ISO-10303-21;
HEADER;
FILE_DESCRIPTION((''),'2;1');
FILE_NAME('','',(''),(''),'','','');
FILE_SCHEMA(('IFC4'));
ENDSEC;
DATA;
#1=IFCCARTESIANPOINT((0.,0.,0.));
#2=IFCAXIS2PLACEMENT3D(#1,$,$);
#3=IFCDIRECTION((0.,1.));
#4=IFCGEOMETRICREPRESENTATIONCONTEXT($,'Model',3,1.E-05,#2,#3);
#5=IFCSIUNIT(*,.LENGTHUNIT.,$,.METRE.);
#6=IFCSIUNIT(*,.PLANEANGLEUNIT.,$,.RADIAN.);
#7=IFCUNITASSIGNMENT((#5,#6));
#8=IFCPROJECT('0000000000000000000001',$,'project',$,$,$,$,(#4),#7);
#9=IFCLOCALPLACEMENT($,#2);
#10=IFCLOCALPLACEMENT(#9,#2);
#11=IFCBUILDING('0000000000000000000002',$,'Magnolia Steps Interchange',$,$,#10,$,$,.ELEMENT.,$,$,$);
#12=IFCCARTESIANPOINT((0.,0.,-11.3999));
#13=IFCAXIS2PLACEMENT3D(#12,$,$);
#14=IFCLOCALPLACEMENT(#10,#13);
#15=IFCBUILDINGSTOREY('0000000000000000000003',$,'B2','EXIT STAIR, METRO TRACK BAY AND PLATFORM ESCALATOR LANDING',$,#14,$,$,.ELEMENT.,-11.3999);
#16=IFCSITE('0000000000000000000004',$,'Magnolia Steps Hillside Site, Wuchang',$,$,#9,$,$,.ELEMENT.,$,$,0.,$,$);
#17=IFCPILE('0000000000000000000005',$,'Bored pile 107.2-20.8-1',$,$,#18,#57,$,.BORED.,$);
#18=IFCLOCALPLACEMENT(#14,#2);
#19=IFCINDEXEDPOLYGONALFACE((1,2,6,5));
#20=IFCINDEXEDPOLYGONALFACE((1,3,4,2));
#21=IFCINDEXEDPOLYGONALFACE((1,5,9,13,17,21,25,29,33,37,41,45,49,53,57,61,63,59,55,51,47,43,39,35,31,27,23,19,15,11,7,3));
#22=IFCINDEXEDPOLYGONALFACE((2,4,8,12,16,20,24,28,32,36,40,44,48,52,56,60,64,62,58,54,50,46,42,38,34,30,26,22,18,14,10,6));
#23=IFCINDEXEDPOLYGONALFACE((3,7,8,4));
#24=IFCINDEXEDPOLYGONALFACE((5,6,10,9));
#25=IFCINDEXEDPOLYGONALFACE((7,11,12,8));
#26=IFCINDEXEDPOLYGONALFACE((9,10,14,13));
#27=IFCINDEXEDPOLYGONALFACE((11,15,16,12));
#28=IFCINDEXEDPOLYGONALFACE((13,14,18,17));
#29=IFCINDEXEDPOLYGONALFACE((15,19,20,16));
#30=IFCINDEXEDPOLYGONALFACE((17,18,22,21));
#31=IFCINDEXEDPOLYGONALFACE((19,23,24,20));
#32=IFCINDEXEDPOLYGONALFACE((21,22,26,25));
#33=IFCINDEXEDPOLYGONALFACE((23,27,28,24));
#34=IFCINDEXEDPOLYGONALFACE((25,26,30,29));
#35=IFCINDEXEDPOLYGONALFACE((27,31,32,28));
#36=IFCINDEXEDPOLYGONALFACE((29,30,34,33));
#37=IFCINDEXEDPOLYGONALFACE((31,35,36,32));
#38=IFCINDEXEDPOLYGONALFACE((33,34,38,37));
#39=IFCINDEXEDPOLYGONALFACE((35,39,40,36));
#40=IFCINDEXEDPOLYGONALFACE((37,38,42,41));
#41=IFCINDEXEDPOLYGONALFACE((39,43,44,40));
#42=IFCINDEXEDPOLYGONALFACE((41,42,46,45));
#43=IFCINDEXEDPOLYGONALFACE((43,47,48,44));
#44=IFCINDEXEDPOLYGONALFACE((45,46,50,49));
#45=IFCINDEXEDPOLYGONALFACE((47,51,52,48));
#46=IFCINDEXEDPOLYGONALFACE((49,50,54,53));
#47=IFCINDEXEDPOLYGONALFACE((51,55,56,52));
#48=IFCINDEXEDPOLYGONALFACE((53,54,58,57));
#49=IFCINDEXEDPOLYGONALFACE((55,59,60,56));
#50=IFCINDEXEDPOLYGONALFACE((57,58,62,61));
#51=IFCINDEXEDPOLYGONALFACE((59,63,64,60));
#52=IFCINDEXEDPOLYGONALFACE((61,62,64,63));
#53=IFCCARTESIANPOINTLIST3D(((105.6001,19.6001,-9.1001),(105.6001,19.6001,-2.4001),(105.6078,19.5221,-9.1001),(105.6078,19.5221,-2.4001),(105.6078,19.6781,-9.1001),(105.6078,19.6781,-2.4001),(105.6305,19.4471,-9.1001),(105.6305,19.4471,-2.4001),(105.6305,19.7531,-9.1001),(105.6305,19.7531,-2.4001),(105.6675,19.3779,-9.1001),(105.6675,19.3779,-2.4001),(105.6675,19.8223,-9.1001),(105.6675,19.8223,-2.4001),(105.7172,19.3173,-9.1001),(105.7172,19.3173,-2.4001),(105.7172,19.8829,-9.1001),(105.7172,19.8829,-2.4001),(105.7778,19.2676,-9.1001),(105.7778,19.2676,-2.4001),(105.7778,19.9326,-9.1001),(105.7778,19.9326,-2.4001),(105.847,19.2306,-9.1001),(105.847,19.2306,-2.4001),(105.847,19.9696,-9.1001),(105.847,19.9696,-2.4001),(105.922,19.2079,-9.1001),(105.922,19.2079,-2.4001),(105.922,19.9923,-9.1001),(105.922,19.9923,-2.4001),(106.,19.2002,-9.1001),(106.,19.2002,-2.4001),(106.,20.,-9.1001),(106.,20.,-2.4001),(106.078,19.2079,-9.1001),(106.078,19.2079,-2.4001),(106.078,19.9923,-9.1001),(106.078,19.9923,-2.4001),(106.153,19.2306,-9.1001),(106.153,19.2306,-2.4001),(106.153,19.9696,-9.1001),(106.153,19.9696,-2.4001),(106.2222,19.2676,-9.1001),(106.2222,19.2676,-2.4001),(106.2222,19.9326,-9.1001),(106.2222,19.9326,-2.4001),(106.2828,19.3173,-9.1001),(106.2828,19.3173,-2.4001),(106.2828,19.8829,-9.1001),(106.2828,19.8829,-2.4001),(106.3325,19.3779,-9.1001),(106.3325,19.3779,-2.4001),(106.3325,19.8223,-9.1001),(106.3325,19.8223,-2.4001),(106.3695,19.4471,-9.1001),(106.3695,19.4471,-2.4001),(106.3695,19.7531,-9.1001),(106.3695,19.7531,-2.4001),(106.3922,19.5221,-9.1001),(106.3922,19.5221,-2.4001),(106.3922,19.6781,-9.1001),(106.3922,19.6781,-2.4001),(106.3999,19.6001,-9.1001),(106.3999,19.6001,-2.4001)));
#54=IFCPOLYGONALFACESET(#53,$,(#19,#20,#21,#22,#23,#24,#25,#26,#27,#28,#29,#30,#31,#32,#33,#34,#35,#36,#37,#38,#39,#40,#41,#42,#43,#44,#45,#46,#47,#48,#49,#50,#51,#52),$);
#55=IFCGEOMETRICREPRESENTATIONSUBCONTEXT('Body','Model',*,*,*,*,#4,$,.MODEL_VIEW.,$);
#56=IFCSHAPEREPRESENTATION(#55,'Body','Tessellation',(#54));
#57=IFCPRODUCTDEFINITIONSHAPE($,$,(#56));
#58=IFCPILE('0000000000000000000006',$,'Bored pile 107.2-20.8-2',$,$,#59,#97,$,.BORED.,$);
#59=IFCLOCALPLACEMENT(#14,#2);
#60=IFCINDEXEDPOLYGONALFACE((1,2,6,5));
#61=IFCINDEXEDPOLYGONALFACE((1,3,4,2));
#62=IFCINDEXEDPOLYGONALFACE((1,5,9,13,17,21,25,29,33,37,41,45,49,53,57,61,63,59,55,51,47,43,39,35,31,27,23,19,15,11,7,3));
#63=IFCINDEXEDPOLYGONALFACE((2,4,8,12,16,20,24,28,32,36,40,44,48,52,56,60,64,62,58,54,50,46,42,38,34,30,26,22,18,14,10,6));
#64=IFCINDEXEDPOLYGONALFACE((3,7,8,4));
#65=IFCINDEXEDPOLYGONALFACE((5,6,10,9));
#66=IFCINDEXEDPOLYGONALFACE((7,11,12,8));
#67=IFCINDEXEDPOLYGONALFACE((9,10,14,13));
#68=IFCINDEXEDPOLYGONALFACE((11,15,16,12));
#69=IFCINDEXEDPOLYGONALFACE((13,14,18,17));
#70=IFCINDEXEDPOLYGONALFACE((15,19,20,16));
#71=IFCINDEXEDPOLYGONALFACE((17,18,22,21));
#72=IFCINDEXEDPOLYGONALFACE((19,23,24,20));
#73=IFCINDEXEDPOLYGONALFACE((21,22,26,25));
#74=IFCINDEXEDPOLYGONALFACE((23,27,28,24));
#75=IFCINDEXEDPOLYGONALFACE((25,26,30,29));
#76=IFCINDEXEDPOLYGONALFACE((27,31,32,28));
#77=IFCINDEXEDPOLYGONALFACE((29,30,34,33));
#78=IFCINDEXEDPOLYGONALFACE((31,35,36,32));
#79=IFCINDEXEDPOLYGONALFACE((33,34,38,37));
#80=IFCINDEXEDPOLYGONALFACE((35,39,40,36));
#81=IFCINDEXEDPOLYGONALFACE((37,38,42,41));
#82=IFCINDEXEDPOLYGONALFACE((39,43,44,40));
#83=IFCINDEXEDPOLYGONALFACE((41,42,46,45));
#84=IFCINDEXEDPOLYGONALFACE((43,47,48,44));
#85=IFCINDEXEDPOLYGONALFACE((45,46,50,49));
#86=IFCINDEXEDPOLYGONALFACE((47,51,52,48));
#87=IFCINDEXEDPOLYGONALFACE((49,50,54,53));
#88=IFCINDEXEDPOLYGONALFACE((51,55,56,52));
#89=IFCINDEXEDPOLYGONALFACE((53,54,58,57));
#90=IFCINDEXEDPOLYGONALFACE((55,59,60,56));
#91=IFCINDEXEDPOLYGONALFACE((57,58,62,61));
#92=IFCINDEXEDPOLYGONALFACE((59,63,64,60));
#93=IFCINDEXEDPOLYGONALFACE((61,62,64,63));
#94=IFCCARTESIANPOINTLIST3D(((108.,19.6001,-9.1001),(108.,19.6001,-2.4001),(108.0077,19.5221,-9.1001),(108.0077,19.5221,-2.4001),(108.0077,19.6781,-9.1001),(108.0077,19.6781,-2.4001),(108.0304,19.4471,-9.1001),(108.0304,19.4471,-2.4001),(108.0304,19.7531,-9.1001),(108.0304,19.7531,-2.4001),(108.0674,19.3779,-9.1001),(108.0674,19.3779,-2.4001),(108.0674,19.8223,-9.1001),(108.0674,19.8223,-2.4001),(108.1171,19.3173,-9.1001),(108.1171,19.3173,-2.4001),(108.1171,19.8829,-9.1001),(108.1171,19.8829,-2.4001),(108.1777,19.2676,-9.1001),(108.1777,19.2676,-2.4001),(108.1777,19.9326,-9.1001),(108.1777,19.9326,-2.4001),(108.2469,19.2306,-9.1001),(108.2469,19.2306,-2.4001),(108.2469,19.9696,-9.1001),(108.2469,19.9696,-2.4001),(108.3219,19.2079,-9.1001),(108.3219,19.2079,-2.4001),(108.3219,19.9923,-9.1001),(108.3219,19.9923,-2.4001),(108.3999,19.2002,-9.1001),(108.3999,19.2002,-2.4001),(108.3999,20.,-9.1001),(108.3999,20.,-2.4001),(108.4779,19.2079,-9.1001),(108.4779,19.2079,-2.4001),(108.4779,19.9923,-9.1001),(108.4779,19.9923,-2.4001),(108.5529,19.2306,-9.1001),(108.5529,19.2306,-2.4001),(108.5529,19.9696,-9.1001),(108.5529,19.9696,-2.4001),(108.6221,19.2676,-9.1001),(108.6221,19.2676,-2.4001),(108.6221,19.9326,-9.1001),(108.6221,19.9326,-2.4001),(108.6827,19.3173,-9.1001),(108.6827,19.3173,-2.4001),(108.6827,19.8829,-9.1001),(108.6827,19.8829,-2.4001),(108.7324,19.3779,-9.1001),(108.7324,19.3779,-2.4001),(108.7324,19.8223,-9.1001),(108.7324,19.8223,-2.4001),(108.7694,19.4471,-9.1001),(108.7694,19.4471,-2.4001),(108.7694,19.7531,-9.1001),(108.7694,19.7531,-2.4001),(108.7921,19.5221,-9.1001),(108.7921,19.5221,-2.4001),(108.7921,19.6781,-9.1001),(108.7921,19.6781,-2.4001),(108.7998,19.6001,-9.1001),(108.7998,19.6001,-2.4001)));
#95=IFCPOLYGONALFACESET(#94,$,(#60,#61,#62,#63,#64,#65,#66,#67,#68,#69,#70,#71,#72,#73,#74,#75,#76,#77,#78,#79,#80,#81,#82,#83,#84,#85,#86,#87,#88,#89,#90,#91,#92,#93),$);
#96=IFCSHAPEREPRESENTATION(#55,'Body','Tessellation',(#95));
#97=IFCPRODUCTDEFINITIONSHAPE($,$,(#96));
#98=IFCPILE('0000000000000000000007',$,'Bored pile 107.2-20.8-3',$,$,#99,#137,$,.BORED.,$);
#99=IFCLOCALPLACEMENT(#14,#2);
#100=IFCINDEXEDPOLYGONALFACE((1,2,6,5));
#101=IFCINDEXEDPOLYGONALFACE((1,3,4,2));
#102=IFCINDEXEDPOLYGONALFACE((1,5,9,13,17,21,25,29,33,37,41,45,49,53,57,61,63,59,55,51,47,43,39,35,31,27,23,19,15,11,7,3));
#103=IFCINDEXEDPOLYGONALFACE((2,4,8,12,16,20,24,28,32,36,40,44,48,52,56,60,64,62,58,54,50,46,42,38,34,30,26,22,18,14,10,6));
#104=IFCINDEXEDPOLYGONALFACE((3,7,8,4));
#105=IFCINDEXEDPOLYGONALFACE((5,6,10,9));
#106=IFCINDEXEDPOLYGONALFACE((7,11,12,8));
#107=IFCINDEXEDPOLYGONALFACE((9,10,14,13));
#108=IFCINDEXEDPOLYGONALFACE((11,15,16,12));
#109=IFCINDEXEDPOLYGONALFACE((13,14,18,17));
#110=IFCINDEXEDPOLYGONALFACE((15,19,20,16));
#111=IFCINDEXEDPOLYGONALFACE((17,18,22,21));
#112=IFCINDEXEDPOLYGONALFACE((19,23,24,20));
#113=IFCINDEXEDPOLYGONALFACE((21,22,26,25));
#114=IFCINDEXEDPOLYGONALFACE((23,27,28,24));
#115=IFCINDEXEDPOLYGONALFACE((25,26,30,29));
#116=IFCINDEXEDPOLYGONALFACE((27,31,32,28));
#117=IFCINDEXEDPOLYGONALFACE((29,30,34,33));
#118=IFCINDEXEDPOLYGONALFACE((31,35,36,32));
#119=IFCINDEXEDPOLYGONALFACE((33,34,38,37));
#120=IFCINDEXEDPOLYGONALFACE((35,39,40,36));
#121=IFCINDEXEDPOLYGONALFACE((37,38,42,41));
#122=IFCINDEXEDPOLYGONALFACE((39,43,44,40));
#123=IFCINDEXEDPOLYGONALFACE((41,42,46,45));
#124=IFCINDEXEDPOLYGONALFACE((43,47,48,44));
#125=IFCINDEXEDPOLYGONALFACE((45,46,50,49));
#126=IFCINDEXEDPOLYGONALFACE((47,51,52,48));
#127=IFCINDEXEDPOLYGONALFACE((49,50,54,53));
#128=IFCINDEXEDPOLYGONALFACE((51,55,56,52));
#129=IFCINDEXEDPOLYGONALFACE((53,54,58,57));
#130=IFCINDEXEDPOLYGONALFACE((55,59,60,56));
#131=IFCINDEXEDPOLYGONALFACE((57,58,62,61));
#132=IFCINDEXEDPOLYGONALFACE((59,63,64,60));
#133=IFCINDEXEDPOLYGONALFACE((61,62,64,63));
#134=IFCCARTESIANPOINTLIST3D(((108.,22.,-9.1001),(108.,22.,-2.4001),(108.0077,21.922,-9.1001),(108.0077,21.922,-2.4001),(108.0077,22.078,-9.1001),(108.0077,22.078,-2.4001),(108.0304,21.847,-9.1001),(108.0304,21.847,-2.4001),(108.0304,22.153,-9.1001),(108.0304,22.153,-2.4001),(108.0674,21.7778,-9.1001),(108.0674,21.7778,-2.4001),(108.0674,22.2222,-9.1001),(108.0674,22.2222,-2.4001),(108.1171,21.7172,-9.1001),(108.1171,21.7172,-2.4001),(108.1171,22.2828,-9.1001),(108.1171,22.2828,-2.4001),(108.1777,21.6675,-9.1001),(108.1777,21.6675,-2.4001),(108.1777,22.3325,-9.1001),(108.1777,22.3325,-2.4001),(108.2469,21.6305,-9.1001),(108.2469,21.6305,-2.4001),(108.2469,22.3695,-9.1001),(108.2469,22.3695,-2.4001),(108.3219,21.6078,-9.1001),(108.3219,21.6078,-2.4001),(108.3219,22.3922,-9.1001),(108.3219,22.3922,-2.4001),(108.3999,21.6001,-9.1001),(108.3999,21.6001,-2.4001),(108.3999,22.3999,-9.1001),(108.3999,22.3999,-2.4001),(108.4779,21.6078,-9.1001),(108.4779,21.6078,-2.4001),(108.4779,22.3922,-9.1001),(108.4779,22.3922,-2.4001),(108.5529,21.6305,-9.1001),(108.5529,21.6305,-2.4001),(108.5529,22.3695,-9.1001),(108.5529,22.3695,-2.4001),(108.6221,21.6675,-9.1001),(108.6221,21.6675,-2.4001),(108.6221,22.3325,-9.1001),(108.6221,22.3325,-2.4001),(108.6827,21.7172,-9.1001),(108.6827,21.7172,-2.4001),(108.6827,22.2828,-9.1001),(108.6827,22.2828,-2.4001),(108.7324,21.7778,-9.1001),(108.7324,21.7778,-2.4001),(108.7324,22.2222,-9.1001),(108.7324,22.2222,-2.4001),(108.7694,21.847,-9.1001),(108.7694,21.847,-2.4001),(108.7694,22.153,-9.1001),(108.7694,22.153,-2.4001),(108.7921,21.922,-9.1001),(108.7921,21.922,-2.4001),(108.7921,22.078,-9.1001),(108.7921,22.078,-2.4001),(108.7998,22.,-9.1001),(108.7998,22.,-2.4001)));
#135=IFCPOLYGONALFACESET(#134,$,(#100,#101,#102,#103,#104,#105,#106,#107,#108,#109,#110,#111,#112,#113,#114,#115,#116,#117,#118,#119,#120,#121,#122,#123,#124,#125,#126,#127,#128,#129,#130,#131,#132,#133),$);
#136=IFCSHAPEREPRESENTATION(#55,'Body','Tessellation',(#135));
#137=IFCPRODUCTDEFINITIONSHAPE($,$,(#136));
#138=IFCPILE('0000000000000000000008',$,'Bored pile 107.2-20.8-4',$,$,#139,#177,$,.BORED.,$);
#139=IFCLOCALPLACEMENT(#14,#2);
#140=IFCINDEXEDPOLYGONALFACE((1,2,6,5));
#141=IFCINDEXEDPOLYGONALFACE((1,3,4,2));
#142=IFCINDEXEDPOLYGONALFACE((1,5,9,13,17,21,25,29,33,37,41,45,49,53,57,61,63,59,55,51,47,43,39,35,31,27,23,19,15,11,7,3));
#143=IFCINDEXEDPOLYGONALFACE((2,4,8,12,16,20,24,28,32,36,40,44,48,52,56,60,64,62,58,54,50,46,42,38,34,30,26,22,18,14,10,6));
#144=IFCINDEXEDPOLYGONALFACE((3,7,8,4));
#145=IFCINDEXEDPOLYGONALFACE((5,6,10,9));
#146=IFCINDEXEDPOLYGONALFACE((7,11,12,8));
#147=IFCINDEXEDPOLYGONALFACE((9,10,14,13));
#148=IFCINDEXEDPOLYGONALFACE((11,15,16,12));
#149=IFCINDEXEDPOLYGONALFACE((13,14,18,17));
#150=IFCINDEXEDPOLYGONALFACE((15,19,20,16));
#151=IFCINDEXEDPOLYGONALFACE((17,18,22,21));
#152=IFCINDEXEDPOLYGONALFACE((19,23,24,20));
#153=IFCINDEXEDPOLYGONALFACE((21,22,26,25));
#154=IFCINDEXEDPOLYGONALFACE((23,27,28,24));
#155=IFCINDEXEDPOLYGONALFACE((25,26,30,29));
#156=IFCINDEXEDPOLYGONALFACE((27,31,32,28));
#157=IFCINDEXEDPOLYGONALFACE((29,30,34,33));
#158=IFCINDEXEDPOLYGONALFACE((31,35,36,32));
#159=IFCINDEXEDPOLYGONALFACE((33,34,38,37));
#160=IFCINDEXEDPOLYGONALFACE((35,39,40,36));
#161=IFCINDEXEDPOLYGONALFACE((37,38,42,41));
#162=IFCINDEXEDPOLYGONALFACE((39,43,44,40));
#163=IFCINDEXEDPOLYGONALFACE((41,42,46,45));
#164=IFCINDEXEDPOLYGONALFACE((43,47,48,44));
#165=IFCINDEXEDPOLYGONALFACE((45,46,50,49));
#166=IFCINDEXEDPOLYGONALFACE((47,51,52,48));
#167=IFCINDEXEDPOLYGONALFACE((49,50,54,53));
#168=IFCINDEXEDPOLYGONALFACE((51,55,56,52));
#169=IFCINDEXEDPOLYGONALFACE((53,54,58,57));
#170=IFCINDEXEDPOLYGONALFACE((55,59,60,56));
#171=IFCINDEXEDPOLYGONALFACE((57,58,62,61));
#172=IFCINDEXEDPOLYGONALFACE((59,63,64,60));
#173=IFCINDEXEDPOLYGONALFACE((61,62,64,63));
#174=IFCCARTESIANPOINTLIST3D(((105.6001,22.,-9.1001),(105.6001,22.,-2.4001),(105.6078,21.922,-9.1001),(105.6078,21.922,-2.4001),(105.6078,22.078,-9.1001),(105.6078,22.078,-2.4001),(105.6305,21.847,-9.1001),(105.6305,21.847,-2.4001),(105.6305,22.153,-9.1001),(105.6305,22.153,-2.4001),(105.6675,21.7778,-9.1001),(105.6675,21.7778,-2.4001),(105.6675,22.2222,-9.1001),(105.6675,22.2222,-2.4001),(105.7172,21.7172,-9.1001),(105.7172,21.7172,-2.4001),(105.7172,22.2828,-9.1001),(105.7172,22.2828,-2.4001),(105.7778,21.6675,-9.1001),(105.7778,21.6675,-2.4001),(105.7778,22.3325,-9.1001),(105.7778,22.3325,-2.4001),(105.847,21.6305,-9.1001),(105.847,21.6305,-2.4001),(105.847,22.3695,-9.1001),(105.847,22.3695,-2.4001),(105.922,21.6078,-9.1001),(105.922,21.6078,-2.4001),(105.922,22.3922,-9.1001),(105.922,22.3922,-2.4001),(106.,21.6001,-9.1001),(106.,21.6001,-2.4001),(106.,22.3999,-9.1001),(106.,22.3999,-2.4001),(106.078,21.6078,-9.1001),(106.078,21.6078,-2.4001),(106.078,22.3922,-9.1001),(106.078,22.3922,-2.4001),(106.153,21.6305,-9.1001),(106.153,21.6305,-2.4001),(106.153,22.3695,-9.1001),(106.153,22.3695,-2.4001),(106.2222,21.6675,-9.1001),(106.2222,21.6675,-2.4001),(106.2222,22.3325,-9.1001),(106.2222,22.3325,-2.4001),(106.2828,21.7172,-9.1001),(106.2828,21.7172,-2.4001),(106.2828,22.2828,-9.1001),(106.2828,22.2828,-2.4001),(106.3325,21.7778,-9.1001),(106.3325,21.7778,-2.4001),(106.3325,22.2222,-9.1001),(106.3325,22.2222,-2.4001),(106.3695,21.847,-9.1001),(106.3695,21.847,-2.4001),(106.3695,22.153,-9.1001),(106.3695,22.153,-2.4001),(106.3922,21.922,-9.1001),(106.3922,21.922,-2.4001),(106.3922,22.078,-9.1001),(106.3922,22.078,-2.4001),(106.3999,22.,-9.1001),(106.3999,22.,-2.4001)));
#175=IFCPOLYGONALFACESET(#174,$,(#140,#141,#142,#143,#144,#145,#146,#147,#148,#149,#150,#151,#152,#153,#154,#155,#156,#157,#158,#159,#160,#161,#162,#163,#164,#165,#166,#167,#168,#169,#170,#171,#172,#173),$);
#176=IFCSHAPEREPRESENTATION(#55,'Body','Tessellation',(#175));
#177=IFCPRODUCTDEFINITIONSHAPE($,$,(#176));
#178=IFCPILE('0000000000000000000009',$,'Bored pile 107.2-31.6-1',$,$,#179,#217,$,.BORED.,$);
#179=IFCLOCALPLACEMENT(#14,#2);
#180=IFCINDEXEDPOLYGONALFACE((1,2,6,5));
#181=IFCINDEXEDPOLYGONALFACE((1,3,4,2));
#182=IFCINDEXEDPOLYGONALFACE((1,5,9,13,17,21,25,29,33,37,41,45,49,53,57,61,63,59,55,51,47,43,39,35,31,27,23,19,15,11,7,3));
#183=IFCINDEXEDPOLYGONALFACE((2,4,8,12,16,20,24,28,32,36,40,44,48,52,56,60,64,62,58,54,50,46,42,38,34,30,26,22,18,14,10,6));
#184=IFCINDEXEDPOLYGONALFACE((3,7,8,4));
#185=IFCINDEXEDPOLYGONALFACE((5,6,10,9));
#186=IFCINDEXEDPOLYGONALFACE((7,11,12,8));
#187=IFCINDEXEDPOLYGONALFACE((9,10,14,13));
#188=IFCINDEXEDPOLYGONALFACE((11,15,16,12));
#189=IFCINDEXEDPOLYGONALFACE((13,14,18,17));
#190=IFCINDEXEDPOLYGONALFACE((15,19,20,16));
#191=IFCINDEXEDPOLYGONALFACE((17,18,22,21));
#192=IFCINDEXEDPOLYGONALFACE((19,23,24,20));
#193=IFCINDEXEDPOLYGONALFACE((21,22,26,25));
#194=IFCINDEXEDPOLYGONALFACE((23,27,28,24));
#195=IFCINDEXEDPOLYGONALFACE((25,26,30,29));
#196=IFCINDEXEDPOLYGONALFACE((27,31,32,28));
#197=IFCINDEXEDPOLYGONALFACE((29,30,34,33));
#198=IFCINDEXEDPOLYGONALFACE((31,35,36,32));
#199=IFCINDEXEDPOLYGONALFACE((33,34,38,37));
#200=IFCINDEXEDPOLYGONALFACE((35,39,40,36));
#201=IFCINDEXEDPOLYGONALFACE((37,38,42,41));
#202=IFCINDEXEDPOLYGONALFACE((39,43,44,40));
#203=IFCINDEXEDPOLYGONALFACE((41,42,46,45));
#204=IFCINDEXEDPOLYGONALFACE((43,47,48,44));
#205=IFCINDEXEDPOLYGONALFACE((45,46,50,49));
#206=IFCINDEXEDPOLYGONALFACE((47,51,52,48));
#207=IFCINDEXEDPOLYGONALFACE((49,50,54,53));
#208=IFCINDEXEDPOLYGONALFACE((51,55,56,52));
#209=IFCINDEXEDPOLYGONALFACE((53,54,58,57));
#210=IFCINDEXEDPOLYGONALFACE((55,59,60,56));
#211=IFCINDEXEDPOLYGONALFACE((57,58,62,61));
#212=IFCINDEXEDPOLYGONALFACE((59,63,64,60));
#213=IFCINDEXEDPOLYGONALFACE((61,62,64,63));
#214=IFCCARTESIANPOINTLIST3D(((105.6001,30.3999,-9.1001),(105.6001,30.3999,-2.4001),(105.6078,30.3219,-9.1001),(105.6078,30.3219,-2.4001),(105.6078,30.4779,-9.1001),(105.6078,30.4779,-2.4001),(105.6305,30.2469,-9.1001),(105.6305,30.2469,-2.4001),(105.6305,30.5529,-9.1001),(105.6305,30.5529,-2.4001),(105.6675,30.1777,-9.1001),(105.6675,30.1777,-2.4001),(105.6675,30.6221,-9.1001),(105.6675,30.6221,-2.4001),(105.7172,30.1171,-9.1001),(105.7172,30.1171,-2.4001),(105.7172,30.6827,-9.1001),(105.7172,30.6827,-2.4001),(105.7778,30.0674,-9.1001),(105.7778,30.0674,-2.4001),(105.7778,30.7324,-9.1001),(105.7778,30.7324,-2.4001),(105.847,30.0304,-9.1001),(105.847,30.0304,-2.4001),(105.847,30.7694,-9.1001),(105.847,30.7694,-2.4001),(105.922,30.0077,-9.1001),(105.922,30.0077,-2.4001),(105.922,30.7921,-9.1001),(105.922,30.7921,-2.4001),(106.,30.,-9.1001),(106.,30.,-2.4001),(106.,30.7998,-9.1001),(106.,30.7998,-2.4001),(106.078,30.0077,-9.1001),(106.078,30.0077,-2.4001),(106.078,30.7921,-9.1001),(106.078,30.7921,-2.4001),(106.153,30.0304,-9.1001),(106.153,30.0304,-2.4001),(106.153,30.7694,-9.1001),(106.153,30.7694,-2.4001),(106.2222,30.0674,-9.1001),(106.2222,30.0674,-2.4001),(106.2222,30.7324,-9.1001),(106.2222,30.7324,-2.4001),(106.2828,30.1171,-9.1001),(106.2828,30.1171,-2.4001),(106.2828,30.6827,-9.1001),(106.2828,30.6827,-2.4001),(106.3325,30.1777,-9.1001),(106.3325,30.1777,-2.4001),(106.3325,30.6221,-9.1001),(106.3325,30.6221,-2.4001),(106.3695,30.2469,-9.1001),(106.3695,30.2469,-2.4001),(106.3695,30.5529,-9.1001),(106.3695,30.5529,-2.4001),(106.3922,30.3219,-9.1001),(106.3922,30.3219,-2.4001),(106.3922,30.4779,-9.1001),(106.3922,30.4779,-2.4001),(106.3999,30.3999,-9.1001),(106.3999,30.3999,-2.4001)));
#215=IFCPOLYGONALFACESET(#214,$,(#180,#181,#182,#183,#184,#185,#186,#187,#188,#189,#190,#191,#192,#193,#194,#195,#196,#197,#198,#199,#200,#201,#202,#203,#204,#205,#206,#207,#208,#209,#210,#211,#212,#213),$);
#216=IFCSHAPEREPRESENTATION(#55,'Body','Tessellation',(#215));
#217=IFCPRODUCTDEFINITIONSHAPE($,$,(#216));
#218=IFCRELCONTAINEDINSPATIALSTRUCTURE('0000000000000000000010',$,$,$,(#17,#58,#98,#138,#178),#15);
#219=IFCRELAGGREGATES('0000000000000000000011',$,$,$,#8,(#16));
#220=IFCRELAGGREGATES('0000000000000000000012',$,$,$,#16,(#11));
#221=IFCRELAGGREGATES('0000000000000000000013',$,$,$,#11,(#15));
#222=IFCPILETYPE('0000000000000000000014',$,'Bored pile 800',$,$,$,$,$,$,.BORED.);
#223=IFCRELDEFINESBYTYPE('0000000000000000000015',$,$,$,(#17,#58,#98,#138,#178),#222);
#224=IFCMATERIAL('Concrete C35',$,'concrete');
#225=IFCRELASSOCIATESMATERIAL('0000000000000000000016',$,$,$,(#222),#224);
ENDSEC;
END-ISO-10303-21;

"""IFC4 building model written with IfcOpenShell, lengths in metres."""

from ifc_helpers import new_model, si_unit, direction, frame, origin, origin_2d, place, context, subcontext, project, spatial, circle, extrude, material, material_profile, profile_set, type_object, element, save


model = new_model("IFC4")

# Units and contexts
model_context = context("Model", 3, precision=1e-05, world=origin(), true_north=direction((0.0, 1.0)))
body_context = subcontext(model_context, "Body", "Model", "MODEL_VIEW")
ifc_project = project(units=[si_unit("LENGTHUNIT", "METRE"), si_unit("PLANEANGLEUNIT", "RADIAN")], contexts=[model_context])

# Site, building, storey
site_placement = place(None, origin())
site = spatial("IfcSite", under=ifc_project, at=site_placement, Name="Magnolia Steps Hillside Site, Wuchang", CompositionType="ELEMENT", RefElevation=0.0)
building_placement = place(site_placement, origin())
building = spatial("IfcBuilding", under=site, at=building_placement, Name="Magnolia Steps Interchange", CompositionType="ELEMENT")
storey_placement = place(building_placement, frame((0.0, 0.0, -11.3999)))
storey = spatial("IfcBuildingStorey", under=building, at=storey_placement, Name="B2", Description="EXIT STAIR, METRO TRACK BAY AND PLATFORM ESCALATOR LANDING", CompositionType="ELEMENT", Elevation=-11.3999)

# Piles
ifc_material_1 = material(Name="Concrete C35", Category="concrete")
ifc_material_profile_1 = material_profile(ifc_material_1, circle(Radius=0.3999, at=origin_2d()), Name="Bored pile 800")
ifc_profile_set_1 = profile_set([ifc_material_profile_1], Name="Concrete C35")
pile_type = type_object("IfcPileType", Name="Bored pile 800", PredefinedType="BORED", material=ifc_profile_set_1)
for number, where, z_axis, x_axis, name in (
    (1, (106.0, 19.6001, -2.4001), (0.0, 0.0, -1.0), (1.0, 0.0, 0.0), "Bored pile 107.2-20.8-1"),
    (2, (108.3999, 19.6001, -2.4001), (0.0, 0.0, -1.0), (1.0, 0.0, 0.0), "Bored pile 107.2-20.8-2"),
    (3, (108.3999, 22.0, -2.4001), (0.0, 0.0, -1.0), (1.0, 0.0, 0.0), "Bored pile 107.2-20.8-3"),
    (4, (106.0, 22.0, -2.4001), (0.0, 0.0, -1.0), (1.0, 0.0, 0.0), "Bored pile 107.2-20.8-4"),
    (5, (106.0, 30.3999, -2.4001), (0.0, 0.0, -1.0), (1.0, 0.0, 0.0), "Bored pile 107.2-31.6-1"),
):
    element("IfcPile", number, at=place(storey_placement, frame(where, z_axis=z_axis, x_axis=x_axis)), inside=storey, type_object=pile_type, Name=name, PredefinedType="BORED", context=body_context, shape_type="SweptSolid", body=[
        extrude(circle(Radius=0.3999, at=origin_2d()), origin(), (0.0, 0.0, 1.0), 6.7),
    ])

save(model, "model.ifc")
